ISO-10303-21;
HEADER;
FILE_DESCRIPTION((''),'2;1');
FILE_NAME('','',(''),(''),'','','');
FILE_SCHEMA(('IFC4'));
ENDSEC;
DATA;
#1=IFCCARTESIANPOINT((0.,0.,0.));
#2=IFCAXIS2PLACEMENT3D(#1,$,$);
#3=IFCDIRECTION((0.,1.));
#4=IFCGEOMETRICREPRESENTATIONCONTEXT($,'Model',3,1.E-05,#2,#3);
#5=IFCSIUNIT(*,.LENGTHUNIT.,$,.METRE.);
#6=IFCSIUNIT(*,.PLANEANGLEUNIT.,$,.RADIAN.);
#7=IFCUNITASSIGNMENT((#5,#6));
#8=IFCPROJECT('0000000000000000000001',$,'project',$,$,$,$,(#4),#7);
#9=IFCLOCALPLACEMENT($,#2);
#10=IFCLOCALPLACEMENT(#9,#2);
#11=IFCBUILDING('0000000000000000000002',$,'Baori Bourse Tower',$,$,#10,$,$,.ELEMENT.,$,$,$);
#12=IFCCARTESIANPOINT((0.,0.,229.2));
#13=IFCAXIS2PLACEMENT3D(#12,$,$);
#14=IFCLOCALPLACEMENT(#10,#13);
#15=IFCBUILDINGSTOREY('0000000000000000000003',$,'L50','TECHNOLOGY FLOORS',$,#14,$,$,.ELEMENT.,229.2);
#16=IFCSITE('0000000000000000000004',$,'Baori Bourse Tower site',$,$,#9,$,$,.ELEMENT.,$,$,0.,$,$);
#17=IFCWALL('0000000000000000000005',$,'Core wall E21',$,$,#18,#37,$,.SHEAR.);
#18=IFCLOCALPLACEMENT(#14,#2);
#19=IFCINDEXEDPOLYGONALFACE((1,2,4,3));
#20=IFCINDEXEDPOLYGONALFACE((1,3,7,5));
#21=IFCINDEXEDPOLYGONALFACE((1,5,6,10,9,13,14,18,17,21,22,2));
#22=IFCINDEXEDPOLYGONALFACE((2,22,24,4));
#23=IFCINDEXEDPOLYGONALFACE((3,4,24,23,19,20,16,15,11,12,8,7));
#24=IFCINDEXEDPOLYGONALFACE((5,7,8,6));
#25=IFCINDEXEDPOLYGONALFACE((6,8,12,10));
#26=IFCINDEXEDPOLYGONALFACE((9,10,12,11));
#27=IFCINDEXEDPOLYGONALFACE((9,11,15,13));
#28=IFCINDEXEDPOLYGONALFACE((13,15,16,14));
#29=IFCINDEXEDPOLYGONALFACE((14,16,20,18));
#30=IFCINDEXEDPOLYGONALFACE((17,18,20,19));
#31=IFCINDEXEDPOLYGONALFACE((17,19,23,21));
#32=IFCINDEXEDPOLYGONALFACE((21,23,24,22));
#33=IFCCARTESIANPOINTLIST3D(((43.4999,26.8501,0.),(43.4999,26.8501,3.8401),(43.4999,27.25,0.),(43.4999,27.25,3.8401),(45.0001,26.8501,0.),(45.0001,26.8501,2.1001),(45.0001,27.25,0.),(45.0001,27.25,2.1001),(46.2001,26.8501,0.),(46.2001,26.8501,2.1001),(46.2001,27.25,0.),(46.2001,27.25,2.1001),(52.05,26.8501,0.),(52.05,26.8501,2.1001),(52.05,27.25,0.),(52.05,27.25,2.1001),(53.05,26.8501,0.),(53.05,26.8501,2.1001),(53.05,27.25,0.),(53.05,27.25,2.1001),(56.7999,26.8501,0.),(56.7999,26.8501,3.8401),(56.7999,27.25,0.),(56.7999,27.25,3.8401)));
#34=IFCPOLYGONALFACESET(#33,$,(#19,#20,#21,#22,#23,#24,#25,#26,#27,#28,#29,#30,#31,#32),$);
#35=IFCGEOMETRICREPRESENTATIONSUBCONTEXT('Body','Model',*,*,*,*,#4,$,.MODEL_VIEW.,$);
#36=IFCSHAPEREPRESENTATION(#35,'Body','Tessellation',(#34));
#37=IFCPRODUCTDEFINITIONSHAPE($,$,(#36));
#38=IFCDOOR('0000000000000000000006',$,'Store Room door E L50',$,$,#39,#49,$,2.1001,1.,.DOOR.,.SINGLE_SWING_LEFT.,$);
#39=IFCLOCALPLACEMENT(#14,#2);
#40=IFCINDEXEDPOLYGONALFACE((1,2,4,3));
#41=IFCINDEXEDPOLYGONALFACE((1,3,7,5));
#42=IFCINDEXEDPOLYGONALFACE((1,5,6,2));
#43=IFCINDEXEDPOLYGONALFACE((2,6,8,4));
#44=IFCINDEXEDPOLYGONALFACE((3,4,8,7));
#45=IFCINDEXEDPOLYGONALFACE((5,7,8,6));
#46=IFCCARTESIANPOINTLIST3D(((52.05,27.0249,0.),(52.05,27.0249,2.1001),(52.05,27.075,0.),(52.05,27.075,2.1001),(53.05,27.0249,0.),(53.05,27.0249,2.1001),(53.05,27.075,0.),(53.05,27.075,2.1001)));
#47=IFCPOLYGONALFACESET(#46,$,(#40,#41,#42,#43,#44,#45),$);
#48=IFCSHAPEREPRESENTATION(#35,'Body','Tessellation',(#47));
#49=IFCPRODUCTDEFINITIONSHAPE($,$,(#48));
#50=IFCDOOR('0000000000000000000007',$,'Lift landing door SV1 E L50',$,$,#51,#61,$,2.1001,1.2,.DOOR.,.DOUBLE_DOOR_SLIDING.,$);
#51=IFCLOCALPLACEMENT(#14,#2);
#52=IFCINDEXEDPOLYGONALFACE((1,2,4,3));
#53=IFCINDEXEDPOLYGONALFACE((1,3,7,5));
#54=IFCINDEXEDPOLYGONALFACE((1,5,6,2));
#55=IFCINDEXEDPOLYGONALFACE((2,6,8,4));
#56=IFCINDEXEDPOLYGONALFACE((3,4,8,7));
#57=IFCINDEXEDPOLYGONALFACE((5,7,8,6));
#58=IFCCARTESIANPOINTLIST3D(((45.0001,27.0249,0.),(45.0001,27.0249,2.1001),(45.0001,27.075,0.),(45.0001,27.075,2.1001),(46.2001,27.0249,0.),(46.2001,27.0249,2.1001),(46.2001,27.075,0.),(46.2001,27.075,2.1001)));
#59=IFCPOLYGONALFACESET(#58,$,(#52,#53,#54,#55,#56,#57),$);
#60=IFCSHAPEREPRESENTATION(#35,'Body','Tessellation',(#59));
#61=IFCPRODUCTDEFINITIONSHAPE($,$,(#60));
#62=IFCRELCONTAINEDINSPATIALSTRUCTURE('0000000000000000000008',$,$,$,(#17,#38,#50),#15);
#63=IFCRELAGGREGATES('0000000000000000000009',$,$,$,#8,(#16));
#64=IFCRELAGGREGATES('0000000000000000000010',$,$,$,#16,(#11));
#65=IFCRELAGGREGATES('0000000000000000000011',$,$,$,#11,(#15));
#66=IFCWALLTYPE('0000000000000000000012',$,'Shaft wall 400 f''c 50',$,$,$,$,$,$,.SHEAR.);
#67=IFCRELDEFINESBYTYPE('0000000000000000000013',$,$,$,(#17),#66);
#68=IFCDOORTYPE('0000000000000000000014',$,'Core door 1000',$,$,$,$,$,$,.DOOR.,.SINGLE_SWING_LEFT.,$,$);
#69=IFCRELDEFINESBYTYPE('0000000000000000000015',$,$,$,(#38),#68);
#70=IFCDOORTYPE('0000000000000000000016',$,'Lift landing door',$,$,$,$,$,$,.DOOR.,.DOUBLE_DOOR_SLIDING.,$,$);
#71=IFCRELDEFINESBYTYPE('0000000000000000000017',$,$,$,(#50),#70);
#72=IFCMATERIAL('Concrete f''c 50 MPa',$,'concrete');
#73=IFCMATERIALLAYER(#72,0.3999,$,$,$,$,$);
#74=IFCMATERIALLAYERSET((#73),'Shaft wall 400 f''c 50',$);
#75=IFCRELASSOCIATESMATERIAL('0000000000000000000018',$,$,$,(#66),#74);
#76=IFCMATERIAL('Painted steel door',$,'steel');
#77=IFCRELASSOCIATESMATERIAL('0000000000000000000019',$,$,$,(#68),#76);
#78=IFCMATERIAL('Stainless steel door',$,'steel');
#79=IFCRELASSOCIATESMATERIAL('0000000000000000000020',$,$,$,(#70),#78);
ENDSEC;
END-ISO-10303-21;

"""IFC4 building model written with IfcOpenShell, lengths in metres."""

from ifc_helpers import new_model, si_unit, direction, frame, frame_2d, origin, place, context, subcontext, project, spatial, rectangle, extrude, material, layer, layer_set, type_object, element, fill, save


model = new_model("IFC4")

# Units and contexts
model_context = context("Model", 3, precision=1e-05, world=origin(), true_north=direction((0.0, 1.0)))
body_context = subcontext(model_context, "Body", "Model", "MODEL_VIEW")
ifc_project = project(units=[si_unit("LENGTHUNIT", "METRE"), si_unit("PLANEANGLEUNIT", "RADIAN")], contexts=[model_context])

# Site, building, storey
site_placement = place(None, origin())
site = spatial("IfcSite", under=ifc_project, at=site_placement, Name="Baori Bourse Tower site", CompositionType="ELEMENT", RefElevation=0.0)
building_placement = place(site_placement, origin())
building = spatial("IfcBuilding", under=site, at=building_placement, Name="Baori Bourse Tower", CompositionType="ELEMENT")
storey_placement = place(building_placement, frame((0.0, 0.0, 229.2)))
storey = spatial("IfcBuildingStorey", under=building, at=storey_placement, Name="L50", Description="TECHNOLOGY FLOORS", CompositionType="ELEMENT", Elevation=229.2)

# Wall, openings, doors
ifc_material_1 = material(Name="Concrete f'c 50 MPa", Category="concrete")
ifc_layer_1 = layer(ifc_material_1, 0.3999)
ifc_layer_set_1 = layer_set([ifc_layer_1], Name="Shaft wall 400 f'c 50")
wall_type_1 = type_object("IfcWallType", Name="Shaft wall 400 f'c 50", PredefinedType="SHEAR", material=ifc_layer_set_1)
wall_1_placement = place(storey_placement, frame((43.5, 27.05, 0.0), z_axis=(0.0, 0.0, 1.0), x_axis=(1.0, 0.0, 0.0)))
wall_1 = element("IfcWall", 1, at=wall_1_placement, inside=storey, type_object=wall_type_1, Name="Core wall E21", PredefinedType="SHEAR", context=body_context, shape_type="SweptSolid", body=[
    extrude(rectangle(XDim=13.3, YDim=0.3999, at=frame_2d((6.6499, 0.0))), origin(), (0.0, 0.0, 1.0), 3.8401),
])
opening_1_placement = place(wall_1_placement, frame((8.55, 0.0, 0.0)))
opening_1 = element("IfcOpeningElement", 2, at=opening_1_placement, cuts=wall_1, PredefinedType="OPENING", context=body_context, shape_type="SweptSolid", body=[
    extrude(rectangle(XDim=1.0, YDim=2.1001, at=frame_2d((0.5, 1.05))), frame((0.0, 0.21, 0.0), z_axis=(0.0, -1.0, 0.0), x_axis=(1.0, 0.0, 0.0)), (0.0, 0.0, 1.0), 0.4199),
])
opening_2_placement = place(wall_1_placement, frame((1.5, 0.0, 0.0)))
opening_2 = element("IfcOpeningElement", 3, at=opening_2_placement, cuts=wall_1, PredefinedType="OPENING", context=body_context, shape_type="SweptSolid", body=[
    extrude(rectangle(XDim=1.2, YDim=2.1001, at=frame_2d((0.6001, 1.05))), frame((0.0, 0.21, 0.0), z_axis=(0.0, -1.0, 0.0), x_axis=(1.0, 0.0, 0.0)), (0.0, 0.0, 1.0), 0.4199),
])
ifc_material_2 = material(Name="Painted steel door", Category="steel")
door_type_1 = type_object("IfcDoorType", Name="Core door 1000", OperationType="SINGLE_SWING_LEFT", PredefinedType="DOOR", material=ifc_material_2)
door_1_placement = place(opening_1_placement, origin())
door_1 = element("IfcDoor", 4, at=door_1_placement, inside=storey, type_object=door_type_1, Name="Store Room door E L50", OperationType="SINGLE_SWING_LEFT", OverallHeight=2.1001, OverallWidth=1.0, PredefinedType="DOOR", context=body_context, shape_type="SweptSolid", body=[
    extrude(rectangle(XDim=1.0, YDim=2.1001, at=frame_2d((0.5, 1.05))), frame((0.0, 0.0249, 0.0), z_axis=(0.0, -1.0, 0.0), x_axis=(1.0, 0.0, 0.0)), (0.0, 0.0, 1.0), 0.05),
])
fill(opening_1, door_1)
ifc_material_3 = material(Name="Stainless steel door", Category="steel")
door_type_2 = type_object("IfcDoorType", Name="Lift landing door", OperationType="DOUBLE_DOOR_SLIDING", PredefinedType="DOOR", material=ifc_material_3)
door_2_placement = place(opening_2_placement, origin())
door_2 = element("IfcDoor", 5, at=door_2_placement, inside=storey, type_object=door_type_2, Name="Lift landing door SV1 E L50", OperationType="DOUBLE_DOOR_SLIDING", OverallHeight=2.1001, OverallWidth=1.2, PredefinedType="DOOR", context=body_context, shape_type="SweptSolid", body=[
    extrude(rectangle(XDim=1.2, YDim=2.1001, at=frame_2d((0.6001, 1.05))), frame((0.0, 0.0249, 0.0), z_axis=(0.0, -1.0, 0.0), x_axis=(1.0, 0.0, 0.0)), (0.0, 0.0, 1.0), 0.05),
])
fill(opening_2, door_2)

save(model, "model.ifc")
